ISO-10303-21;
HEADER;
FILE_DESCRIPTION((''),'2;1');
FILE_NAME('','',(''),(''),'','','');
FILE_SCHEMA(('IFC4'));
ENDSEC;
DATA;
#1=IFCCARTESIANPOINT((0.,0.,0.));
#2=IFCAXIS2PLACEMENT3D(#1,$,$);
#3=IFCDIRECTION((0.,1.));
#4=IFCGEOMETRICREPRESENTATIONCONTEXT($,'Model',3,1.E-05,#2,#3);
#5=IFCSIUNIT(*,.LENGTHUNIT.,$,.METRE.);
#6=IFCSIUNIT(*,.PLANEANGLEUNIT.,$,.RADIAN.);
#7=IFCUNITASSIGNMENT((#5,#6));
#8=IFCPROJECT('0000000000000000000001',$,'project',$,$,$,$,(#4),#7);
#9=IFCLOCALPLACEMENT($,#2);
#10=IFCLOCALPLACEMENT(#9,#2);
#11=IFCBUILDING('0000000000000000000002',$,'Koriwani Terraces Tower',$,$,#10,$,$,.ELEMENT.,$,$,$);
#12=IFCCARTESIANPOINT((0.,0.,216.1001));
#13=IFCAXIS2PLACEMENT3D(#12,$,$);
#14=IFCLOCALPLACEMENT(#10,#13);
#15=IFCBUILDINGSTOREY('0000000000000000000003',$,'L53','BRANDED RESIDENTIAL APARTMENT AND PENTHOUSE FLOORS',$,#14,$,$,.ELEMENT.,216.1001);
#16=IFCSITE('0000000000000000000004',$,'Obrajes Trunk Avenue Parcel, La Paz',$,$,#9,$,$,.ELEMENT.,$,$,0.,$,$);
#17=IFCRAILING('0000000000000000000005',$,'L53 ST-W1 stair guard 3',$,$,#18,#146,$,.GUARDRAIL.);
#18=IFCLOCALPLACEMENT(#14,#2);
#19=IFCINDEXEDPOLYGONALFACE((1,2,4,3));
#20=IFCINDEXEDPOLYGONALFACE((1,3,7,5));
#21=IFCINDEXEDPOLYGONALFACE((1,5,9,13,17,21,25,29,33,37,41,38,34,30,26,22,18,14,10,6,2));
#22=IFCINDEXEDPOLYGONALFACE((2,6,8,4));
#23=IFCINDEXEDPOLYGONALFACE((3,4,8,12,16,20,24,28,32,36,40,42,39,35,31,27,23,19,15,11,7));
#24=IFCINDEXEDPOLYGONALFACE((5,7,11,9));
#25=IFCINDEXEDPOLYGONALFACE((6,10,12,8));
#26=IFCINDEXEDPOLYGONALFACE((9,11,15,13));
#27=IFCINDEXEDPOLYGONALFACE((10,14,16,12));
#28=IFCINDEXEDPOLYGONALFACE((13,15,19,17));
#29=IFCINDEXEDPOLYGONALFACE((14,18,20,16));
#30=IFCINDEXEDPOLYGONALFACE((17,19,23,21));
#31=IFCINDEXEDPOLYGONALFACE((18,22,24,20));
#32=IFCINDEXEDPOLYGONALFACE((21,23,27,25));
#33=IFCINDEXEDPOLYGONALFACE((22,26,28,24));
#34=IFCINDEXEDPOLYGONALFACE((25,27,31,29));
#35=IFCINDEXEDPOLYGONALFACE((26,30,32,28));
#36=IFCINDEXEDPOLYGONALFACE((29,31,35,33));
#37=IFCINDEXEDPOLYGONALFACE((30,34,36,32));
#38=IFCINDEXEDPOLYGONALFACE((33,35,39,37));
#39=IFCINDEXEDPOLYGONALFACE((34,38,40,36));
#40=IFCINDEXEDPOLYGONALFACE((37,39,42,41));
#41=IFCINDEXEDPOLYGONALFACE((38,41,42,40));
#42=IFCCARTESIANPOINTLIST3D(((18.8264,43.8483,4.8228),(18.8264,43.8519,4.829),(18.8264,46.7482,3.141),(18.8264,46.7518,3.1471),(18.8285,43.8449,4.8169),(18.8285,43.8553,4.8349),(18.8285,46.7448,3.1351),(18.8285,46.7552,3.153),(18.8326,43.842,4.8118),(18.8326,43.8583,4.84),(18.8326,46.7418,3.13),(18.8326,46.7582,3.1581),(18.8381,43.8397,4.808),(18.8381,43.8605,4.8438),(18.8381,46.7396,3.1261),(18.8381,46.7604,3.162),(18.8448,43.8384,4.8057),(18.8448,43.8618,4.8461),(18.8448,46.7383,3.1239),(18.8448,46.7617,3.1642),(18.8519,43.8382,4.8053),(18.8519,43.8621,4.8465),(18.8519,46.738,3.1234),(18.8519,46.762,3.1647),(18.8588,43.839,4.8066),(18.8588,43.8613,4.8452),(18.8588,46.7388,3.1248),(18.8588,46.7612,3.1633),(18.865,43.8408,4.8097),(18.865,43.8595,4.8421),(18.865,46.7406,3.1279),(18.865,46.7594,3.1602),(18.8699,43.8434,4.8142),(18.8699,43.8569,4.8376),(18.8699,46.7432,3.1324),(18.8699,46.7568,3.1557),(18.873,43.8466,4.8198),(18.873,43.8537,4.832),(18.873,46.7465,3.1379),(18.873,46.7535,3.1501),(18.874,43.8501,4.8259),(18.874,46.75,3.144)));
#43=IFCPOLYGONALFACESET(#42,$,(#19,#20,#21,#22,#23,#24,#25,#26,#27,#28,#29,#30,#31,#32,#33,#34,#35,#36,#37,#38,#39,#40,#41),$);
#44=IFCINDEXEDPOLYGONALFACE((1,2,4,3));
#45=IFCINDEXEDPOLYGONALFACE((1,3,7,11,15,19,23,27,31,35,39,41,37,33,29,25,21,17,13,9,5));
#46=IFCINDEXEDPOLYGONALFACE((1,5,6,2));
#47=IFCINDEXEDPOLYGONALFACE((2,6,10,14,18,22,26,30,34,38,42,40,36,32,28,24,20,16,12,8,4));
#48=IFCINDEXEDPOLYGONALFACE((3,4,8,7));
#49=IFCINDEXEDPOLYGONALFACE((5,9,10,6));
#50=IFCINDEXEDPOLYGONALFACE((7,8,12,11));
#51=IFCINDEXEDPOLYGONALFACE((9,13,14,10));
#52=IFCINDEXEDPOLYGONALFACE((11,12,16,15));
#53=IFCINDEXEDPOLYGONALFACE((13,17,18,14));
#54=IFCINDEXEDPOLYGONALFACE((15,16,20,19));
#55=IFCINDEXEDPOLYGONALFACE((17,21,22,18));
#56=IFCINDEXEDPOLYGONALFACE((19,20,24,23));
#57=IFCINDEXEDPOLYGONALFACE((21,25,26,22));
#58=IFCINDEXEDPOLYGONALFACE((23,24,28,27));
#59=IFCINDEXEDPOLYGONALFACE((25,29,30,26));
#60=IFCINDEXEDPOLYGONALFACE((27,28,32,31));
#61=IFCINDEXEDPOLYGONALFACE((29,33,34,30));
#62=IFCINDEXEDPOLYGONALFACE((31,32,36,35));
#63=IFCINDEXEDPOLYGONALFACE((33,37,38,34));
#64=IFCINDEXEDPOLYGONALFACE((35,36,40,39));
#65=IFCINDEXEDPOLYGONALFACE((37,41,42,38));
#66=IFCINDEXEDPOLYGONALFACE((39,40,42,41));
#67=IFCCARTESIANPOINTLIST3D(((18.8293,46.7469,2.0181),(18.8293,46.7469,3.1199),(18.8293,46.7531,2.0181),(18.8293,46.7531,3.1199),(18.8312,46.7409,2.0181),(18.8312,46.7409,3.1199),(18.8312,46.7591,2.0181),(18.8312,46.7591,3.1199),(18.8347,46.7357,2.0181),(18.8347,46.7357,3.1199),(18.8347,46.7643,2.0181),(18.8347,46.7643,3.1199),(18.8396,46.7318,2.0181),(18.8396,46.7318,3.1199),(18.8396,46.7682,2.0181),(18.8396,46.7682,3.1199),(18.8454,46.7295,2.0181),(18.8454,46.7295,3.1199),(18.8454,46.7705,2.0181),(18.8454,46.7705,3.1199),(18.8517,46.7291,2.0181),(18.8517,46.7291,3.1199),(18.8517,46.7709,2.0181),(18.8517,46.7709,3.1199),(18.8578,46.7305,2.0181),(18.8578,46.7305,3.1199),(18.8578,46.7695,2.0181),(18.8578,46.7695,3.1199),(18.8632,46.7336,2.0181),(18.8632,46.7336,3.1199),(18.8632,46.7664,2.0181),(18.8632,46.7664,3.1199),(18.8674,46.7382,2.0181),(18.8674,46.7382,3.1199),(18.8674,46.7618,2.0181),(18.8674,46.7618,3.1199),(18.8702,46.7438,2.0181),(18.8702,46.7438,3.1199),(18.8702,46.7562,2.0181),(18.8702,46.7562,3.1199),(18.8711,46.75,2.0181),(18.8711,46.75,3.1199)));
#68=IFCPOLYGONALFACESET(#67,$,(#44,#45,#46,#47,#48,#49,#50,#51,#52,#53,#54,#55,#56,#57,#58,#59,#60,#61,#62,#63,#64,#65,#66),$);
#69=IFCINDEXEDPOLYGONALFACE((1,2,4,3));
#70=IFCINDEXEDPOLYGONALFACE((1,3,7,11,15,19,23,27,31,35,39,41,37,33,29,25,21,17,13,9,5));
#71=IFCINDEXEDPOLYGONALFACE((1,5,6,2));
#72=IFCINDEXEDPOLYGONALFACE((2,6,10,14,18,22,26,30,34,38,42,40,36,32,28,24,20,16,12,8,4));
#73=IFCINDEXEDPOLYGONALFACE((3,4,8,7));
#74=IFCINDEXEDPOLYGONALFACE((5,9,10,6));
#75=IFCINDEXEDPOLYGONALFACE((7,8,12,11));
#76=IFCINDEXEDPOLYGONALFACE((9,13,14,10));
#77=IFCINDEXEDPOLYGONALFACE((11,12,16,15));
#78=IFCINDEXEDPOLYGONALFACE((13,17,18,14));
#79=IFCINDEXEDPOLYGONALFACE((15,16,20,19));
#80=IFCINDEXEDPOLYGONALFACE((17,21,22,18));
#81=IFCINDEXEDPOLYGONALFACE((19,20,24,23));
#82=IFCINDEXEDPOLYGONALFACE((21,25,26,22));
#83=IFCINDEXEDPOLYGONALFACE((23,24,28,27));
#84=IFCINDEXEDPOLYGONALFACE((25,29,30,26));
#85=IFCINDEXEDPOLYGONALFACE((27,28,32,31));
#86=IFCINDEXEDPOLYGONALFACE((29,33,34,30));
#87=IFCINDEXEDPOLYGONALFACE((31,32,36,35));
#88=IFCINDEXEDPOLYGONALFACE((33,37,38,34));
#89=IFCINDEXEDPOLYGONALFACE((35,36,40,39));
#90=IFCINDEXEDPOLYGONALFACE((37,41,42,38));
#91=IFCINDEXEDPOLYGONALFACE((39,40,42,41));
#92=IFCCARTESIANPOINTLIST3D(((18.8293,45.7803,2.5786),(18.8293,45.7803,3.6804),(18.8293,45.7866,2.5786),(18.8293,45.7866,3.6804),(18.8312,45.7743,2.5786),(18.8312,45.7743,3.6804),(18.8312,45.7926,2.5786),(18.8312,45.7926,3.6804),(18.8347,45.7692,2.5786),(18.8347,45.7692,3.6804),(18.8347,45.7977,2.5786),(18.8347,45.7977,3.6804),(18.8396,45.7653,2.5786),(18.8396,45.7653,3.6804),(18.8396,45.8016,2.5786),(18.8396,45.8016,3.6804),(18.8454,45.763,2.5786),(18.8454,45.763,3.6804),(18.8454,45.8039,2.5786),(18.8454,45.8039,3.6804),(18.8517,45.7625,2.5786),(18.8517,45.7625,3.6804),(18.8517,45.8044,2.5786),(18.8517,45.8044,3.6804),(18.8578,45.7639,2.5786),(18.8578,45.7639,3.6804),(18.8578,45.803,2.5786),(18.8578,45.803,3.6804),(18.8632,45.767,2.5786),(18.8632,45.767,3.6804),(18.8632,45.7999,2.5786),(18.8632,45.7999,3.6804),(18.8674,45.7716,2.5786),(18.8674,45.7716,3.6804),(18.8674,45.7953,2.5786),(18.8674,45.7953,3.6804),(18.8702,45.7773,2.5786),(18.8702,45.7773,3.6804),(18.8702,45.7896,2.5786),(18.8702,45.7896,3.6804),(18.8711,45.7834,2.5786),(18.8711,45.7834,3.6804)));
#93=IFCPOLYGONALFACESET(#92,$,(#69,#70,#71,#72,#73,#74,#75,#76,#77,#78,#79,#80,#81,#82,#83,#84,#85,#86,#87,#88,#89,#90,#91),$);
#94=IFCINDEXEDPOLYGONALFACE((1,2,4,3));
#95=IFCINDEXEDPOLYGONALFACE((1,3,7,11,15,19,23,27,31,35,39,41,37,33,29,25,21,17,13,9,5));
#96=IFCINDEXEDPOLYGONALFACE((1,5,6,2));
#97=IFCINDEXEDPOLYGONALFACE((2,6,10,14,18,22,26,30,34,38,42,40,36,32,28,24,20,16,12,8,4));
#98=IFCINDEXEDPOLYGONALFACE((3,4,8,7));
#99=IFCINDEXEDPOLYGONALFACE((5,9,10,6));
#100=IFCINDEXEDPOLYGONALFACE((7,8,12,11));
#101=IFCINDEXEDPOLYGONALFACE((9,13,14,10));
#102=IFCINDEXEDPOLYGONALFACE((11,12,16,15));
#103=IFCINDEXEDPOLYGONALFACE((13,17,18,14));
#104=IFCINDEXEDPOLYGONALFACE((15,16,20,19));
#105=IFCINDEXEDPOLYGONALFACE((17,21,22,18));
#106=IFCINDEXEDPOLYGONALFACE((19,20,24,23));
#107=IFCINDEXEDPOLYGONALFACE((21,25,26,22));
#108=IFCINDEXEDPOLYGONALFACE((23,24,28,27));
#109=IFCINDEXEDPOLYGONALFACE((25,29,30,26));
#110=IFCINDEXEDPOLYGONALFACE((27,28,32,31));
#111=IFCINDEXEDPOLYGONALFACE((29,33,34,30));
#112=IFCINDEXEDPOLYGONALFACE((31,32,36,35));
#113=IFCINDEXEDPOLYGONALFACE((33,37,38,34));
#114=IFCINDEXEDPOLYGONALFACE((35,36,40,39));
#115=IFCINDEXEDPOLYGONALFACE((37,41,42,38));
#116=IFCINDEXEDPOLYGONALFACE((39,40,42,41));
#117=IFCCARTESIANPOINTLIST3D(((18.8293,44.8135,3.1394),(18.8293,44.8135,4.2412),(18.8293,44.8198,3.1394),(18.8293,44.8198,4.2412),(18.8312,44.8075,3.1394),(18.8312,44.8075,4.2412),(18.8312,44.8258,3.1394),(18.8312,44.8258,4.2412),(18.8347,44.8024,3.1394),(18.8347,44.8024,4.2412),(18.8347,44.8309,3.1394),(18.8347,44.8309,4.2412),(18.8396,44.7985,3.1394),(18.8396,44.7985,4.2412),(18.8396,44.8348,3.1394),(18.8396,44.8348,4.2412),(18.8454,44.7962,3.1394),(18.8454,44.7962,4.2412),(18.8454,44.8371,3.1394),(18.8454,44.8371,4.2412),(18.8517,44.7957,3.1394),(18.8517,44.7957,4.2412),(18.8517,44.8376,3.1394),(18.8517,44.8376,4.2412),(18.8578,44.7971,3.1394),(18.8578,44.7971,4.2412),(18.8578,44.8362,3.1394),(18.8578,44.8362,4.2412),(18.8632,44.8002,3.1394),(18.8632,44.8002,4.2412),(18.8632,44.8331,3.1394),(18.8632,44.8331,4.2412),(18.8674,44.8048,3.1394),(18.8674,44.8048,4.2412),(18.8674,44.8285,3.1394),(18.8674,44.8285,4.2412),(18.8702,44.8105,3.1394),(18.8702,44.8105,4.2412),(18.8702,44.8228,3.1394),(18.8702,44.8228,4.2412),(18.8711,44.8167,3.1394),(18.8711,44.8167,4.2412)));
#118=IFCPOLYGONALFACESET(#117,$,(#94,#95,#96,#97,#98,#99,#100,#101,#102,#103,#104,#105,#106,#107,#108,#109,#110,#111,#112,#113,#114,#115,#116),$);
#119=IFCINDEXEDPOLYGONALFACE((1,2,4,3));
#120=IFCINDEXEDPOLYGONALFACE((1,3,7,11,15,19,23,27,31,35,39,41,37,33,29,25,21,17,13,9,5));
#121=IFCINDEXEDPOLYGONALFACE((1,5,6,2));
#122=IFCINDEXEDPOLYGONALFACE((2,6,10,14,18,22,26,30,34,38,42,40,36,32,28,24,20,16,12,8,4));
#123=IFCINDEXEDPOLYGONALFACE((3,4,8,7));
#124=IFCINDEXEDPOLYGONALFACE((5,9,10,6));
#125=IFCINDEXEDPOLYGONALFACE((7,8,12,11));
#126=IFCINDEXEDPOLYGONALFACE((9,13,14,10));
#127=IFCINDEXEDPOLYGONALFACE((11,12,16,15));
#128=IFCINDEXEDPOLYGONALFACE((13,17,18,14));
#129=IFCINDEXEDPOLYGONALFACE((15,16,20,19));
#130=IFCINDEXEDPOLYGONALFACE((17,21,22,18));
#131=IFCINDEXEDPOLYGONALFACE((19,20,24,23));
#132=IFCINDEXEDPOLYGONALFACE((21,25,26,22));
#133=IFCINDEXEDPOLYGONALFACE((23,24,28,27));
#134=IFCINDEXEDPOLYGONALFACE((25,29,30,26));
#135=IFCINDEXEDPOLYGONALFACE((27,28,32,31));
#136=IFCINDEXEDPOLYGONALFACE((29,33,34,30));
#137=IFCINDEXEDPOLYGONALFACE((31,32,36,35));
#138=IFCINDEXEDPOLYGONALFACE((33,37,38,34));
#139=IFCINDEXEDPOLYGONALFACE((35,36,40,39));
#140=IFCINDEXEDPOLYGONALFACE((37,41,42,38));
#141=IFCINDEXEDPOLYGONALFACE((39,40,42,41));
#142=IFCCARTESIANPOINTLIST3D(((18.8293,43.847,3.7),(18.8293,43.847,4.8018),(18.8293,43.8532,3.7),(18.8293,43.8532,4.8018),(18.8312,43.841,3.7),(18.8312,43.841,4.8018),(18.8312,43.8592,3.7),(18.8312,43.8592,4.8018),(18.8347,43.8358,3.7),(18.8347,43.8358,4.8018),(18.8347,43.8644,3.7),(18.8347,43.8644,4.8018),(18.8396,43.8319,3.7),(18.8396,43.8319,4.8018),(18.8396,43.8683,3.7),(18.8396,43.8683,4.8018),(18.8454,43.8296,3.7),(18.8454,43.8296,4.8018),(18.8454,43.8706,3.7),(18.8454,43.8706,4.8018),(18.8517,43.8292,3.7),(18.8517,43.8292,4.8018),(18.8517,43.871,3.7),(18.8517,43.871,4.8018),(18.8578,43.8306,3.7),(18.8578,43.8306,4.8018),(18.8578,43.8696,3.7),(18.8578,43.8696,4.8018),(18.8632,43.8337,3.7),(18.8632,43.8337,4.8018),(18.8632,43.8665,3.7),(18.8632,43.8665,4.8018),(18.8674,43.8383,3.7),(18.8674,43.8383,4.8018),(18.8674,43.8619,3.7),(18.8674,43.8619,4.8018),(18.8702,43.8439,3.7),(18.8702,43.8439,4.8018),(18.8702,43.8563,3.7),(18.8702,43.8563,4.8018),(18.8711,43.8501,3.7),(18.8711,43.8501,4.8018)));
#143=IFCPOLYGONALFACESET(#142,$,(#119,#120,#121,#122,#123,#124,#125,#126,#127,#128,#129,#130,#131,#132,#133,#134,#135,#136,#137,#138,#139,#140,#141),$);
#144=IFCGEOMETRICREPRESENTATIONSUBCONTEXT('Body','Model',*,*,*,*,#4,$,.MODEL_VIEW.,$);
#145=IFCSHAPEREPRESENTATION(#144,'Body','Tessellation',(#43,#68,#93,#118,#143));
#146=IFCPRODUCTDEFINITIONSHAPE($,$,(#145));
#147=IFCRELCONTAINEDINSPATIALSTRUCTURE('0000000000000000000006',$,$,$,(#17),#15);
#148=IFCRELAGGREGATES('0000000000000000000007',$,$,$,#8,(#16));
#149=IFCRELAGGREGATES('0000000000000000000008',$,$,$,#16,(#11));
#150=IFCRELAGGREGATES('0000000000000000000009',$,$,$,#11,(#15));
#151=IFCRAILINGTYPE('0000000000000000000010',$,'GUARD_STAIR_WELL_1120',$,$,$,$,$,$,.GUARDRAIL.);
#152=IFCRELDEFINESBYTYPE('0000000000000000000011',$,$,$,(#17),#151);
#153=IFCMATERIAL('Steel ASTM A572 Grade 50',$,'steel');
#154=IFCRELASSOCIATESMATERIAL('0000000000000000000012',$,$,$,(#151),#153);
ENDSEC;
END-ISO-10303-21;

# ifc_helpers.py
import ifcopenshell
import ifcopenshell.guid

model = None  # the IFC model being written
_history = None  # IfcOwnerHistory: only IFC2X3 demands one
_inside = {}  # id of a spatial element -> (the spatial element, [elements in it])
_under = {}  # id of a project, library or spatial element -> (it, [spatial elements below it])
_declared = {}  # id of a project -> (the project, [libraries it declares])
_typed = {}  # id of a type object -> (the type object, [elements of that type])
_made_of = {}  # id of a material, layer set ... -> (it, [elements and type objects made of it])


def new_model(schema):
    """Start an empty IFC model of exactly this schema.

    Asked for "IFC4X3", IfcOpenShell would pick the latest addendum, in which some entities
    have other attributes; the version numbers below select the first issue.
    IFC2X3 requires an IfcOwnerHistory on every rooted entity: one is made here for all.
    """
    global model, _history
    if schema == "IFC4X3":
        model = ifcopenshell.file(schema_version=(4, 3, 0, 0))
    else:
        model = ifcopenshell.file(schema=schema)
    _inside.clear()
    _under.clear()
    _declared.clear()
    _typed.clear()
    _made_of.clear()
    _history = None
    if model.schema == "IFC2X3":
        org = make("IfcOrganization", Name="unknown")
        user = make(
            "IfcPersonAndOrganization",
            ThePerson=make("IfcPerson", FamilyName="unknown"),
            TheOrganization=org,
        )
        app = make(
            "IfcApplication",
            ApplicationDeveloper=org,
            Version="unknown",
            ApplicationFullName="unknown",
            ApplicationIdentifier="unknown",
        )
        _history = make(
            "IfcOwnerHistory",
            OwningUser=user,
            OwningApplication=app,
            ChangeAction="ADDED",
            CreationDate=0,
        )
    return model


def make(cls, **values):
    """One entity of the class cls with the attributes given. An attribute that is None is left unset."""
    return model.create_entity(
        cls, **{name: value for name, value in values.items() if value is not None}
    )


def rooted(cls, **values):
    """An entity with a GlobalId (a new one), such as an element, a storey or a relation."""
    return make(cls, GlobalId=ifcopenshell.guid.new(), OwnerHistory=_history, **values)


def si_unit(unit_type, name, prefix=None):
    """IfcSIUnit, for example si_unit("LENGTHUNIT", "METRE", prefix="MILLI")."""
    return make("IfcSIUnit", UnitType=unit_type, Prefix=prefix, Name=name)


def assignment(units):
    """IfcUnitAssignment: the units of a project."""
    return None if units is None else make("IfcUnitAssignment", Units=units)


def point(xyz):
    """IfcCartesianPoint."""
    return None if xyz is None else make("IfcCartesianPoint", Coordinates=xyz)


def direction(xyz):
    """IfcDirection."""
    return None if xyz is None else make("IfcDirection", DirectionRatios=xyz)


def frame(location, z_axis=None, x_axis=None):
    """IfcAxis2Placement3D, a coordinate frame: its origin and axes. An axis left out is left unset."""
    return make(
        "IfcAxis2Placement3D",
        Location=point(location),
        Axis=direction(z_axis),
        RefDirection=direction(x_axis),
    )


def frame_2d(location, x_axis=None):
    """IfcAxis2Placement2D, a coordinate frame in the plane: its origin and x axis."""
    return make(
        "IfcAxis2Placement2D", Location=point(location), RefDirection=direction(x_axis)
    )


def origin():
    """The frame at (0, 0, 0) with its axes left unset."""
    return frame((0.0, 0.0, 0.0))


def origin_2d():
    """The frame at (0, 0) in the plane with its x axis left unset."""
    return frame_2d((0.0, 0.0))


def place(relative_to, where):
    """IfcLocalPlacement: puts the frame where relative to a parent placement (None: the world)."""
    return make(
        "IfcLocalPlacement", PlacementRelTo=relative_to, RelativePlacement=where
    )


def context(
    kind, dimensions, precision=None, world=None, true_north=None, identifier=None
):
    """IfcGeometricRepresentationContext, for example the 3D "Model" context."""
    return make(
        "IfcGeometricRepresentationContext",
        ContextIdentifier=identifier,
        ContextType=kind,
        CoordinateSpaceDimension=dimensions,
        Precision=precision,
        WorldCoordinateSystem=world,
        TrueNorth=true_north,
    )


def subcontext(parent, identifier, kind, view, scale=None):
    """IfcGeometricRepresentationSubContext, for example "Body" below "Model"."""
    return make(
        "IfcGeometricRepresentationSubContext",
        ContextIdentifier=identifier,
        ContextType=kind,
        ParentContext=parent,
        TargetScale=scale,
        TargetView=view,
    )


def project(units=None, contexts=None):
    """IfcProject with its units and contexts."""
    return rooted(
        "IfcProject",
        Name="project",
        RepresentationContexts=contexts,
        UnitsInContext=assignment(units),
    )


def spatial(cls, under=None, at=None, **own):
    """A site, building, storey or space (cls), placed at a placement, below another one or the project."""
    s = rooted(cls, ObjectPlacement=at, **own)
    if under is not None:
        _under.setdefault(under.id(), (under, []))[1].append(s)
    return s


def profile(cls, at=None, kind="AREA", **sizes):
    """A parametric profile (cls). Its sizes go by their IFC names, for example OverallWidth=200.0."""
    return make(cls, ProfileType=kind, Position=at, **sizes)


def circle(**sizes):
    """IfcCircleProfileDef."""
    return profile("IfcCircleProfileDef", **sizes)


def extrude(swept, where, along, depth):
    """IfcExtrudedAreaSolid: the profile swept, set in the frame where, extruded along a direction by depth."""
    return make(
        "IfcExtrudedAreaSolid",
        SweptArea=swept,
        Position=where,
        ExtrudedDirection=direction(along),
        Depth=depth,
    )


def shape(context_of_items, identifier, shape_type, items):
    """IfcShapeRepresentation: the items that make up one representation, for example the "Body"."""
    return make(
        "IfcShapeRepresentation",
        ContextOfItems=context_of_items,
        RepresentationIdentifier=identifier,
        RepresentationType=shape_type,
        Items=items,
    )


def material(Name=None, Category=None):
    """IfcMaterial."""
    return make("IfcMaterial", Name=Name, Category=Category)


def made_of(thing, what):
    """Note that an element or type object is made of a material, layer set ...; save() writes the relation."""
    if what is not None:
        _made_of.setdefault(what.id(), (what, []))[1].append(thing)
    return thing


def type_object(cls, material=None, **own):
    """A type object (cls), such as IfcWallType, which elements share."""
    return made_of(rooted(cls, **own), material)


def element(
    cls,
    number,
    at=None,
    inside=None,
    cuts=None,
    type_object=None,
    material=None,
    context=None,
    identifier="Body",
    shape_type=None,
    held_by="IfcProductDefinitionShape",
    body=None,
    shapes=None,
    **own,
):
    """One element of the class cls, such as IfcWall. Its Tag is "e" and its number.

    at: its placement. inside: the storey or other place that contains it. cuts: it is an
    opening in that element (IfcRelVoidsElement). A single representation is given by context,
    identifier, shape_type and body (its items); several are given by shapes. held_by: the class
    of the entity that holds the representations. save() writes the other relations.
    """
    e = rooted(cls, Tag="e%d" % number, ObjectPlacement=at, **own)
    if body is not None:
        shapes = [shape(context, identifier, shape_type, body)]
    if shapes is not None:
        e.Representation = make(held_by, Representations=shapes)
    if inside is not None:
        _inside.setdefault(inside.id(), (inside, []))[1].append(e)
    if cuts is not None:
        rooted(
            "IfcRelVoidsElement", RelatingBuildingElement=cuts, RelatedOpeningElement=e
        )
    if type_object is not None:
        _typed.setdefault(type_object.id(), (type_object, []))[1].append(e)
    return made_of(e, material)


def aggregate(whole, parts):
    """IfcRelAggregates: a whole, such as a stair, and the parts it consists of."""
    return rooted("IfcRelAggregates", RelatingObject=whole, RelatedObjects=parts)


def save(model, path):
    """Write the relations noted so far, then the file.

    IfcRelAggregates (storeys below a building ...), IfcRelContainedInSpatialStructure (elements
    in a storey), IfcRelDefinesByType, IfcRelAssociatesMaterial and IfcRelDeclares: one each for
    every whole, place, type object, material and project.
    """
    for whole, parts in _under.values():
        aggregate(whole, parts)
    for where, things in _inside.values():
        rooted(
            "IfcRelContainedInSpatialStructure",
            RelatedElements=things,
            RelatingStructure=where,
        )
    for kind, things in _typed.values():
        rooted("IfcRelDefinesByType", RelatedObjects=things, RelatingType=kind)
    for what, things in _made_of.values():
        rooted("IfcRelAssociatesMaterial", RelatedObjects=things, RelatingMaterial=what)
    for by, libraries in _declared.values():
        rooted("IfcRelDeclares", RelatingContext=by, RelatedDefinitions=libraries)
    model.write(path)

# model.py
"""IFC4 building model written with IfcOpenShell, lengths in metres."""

from ifc_helpers import new_model, si_unit, direction, frame, origin, origin_2d, place, context, subcontext, project, spatial, circle, extrude, material, type_object, element, save


model = new_model("IFC4")

# Units and contexts
model_context = context("Model", 3, precision=1e-05, world=origin(), true_north=direction((0.0, 1.0)))
body_context = subcontext(model_context, "Body", "Model", "MODEL_VIEW")
ifc_project = project(units=[si_unit("LENGTHUNIT", "METRE"), si_unit("PLANEANGLEUNIT", "RADIAN")], contexts=[model_context])

# Site, building, storey
site_placement = place(None, origin())
site = spatial("IfcSite", under=ifc_project, at=site_placement, Name="Obrajes Trunk Avenue Parcel, La Paz", CompositionType="ELEMENT", RefElevation=0.0)
building_placement = place(site_placement, origin())
building = spatial("IfcBuilding", under=site, at=building_placement, Name="Koriwani Terraces Tower", CompositionType="ELEMENT")
storey_placement = place(building_placement, frame((0.0, 0.0, 216.1001)))
storey = spatial("IfcBuildingStorey", under=building, at=storey_placement, Name="L53", Description="BRANDED RESIDENTIAL APARTMENT AND PENTHOUSE FLOORS", CompositionType="ELEMENT", Elevation=216.1001)

# Shared definitions
ifc_material_1 = material(Name="Steel ASTM A572 Grade 50", Category="steel")

# Railing
railing_type_1 = type_object("IfcRailingType", Name="GUARD_STAIR_WELL_1120", PredefinedType="GUARDRAIL", material=ifc_material_1)
railing_1_placement = place(storey_placement, frame((18.8501, 46.75, 2.0181)))
element("IfcRailing", 1, at=railing_1_placement, inside=storey, type_object=railing_type_1, Name="L53 ST-W1 stair guard 3", PredefinedType="GUARDRAIL", context=body_context, shape_type="SweptSolid", body=[
    extrude(circle(Radius=0.0239, at=origin_2d()), frame((0.0, 0.0, 1.126), z_axis=(0.0, -0.865039, 0.501705), x_axis=(1.0, 0.0, 0.0)), (0.0, 0.0, 1.0), 3.3523),
    extrude(circle(Radius=0.021, at=origin_2d()), origin(), (0.0, 0.0, 1.0), 1.1018),
    extrude(circle(Radius=0.021, at=origin_2d()), frame((0.0, -0.9666, 0.5605)), (0.0, 0.0, 1.0), 1.1018),
    extrude(circle(Radius=0.021, at=origin_2d()), frame((0.0, -1.9333, 1.1213)), (0.0, 0.0, 1.0), 1.1018),
    extrude(circle(Radius=0.021, at=origin_2d()), frame((0.0, -2.8999, 1.6819)), (0.0, 0.0, 1.0), 1.1018),
])

save(model, "model.ifc")
